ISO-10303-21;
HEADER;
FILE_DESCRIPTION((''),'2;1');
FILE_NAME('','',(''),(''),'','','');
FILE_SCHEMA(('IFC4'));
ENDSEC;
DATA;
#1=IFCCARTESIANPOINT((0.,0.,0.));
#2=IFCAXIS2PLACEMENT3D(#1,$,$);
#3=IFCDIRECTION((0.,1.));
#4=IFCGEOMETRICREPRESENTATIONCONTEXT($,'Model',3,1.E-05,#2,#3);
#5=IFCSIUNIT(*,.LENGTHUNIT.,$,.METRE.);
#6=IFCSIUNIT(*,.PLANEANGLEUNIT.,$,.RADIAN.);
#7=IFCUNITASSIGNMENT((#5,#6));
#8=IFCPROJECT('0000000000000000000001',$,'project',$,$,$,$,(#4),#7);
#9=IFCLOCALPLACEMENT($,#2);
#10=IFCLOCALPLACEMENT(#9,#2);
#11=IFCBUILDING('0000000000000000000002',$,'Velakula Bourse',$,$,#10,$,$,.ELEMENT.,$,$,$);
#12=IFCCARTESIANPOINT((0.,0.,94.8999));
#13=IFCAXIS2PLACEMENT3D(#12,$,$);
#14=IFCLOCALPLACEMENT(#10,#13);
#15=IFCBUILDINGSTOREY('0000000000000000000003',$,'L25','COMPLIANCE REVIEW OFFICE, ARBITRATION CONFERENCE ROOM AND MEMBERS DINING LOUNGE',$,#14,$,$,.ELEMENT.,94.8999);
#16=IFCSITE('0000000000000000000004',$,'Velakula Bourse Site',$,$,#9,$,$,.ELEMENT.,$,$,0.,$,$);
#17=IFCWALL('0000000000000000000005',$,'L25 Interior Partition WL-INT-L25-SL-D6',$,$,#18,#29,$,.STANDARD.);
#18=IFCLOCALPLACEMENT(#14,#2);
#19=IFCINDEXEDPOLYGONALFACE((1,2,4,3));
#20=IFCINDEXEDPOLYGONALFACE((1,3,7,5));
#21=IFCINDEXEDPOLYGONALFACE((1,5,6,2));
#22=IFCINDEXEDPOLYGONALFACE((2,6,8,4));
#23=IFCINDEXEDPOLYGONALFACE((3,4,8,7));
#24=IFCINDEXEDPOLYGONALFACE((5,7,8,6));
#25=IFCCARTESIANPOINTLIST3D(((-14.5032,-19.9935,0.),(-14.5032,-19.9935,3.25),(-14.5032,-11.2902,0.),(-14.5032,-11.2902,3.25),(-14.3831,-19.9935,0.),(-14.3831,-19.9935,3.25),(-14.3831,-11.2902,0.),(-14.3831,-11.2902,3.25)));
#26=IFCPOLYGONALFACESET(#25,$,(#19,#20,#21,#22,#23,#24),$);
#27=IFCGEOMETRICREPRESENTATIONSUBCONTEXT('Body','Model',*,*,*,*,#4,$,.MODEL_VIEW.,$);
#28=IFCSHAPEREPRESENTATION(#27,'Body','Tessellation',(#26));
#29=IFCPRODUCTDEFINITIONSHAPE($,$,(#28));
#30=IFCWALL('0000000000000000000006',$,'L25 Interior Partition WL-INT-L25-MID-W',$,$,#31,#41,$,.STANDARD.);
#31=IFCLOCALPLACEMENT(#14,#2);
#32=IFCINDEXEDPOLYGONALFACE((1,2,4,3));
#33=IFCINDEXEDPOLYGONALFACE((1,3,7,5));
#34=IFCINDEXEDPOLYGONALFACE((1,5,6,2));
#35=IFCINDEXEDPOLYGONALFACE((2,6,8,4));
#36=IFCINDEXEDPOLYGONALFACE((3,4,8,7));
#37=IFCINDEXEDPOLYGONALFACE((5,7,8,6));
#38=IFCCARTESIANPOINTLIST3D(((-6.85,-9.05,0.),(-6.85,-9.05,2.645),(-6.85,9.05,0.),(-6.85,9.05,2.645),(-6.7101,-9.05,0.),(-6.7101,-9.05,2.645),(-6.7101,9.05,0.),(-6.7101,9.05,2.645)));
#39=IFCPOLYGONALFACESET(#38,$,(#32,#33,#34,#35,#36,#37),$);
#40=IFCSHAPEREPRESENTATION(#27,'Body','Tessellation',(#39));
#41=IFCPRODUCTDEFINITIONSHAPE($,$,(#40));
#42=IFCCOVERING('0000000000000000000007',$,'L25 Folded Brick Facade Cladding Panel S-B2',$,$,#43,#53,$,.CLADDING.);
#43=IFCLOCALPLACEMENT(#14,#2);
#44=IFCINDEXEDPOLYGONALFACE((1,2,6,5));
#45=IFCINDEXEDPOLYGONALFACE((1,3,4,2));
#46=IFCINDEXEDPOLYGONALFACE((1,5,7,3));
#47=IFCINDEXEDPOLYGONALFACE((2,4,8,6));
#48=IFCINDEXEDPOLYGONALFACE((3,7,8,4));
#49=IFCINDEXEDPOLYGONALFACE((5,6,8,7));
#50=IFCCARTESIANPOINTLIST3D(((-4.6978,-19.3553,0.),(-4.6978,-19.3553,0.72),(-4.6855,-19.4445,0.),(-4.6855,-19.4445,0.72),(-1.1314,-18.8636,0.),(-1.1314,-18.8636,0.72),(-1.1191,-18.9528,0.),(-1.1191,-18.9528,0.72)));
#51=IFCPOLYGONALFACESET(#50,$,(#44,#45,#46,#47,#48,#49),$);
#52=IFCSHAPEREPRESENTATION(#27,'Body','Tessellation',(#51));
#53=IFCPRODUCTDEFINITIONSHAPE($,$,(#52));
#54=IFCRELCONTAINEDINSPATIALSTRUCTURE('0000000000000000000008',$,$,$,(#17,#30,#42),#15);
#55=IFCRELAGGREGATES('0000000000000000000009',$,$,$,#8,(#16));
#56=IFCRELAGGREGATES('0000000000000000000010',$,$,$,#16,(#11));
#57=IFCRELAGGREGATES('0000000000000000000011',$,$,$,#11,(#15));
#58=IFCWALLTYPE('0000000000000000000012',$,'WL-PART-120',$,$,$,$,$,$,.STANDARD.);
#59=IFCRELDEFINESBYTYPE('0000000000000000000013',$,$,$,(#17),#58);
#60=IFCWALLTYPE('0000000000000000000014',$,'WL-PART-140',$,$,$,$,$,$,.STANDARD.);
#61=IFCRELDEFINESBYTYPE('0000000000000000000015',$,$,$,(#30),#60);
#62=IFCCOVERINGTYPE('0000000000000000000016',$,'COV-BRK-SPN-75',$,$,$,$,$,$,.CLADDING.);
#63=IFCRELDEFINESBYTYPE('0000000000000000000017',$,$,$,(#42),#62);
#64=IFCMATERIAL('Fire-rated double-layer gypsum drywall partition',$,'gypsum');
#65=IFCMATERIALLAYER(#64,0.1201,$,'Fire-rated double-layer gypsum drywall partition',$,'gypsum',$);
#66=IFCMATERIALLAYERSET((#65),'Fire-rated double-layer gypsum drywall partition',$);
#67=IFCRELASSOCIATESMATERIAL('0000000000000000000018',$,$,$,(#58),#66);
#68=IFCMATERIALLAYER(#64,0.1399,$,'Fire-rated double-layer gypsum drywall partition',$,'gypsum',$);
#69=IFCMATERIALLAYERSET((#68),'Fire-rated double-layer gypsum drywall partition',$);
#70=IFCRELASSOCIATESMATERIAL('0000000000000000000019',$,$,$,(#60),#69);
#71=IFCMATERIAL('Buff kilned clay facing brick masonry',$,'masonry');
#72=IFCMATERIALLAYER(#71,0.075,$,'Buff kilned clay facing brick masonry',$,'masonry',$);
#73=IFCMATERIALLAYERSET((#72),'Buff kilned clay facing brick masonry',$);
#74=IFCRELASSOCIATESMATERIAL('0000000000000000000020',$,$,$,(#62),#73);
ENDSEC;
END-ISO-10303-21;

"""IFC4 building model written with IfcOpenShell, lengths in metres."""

from ifc_helpers import new_model, si_unit, direction, frame, frame_2d, origin, origin_2d, place, context, subcontext, project, spatial, rectangle, extrude, material, layer, layer_set, type_object, element, save


model = new_model("IFC4")

# Units and contexts
model_context = context("Model", 3, precision=1e-05, world=origin(), true_north=direction((0.0, 1.0)))
body_context = subcontext(model_context, "Body", "Model", "MODEL_VIEW")
ifc_project = project(units=[si_unit("LENGTHUNIT", "METRE"), si_unit("PLANEANGLEUNIT", "RADIAN")], contexts=[model_context])

# Site, building, storey
site_placement = place(None, origin())
site = spatial("IfcSite", under=ifc_project, at=site_placement, Name="Velakula Bourse Site", CompositionType="ELEMENT", RefElevation=0.0)
building_placement = place(site_placement, origin())
building = spatial("IfcBuilding", under=site, at=building_placement, Name="Velakula Bourse", CompositionType="ELEMENT")
storey_placement = place(building_placement, frame((0.0, 0.0, 94.8999)))
storey = spatial("IfcBuildingStorey", under=building, at=storey_placement, Name="L25", Description="COMPLIANCE REVIEW OFFICE, ARBITRATION CONFERENCE ROOM AND MEMBERS DINING LOUNGE", CompositionType="ELEMENT", Elevation=94.8999)

# Walls
ifc_material_1 = material(Name="Fire-rated double-layer gypsum drywall partition", Category="gypsum")
ifc_layer_1 = layer(ifc_material_1, 0.1201, Name="Fire-rated double-layer gypsum drywall partition", Category="gypsum")
ifc_layer_set_1 = layer_set([ifc_layer_1], Name="Fire-rated double-layer gypsum drywall partition")
wall_type_1 = type_object("IfcWallType", Name="WL-PART-120", PredefinedType="STANDARD", material=ifc_layer_set_1)
wall_1_placement = place(storey_placement, frame((-14.4431, -19.9934, 0.0), z_axis=(0.0, 0.0, 1.0), x_axis=(0.0, 1.0, 0.0)))
element("IfcWall", 1, at=wall_1_placement, inside=storey, type_object=wall_type_1, Name="L25 Interior Partition WL-INT-L25-SL-D6", PredefinedType="STANDARD", context=body_context, shape_type="SweptSolid", body=[
    extrude(rectangle(XDim=8.7034, YDim=0.1201, at=frame_2d((4.3516, 0.0))), origin(), (0.0, 0.0, 1.0), 3.25),
])
ifc_layer_2 = layer(ifc_material_1, 0.1399, Name="Fire-rated double-layer gypsum drywall partition", Category="gypsum")
ifc_layer_set_2 = layer_set([ifc_layer_2], Name="Fire-rated double-layer gypsum drywall partition")
wall_type_2 = type_object("IfcWallType", Name="WL-PART-140", PredefinedType="STANDARD", material=ifc_layer_set_2)
wall_2_placement = place(storey_placement, frame((-6.78, -9.05, 0.0), z_axis=(0.0, 0.0, 1.0), x_axis=(0.0, 1.0, 0.0)))
element("IfcWall", 2, at=wall_2_placement, inside=storey, type_object=wall_type_2, Name="L25 Interior Partition WL-INT-L25-MID-W", PredefinedType="STANDARD", context=body_context, shape_type="SweptSolid", body=[
    extrude(rectangle(XDim=18.1001, YDim=0.1399, at=frame_2d((9.05, 0.0))), origin(), (0.0, 0.0, 1.0), 2.645),
])

# Covering
ifc_material_2 = material(Name="Buff kilned clay facing brick masonry", Category="masonry")
ifc_layer_3 = layer(ifc_material_2, 0.075, Name="Buff kilned clay facing brick masonry", Category="masonry")
ifc_layer_set_3 = layer_set([ifc_layer_3], Name="Buff kilned clay facing brick masonry")
covering_type = type_object("IfcCoveringType", Name="COV-BRK-SPN-75", PredefinedType="CLADDING", material=ifc_layer_set_3)
covering_placement = place(storey_placement, frame((-2.9084, -19.1541, 0.0), z_axis=(0.0, 0.0, 1.0), x_axis=(0.990629, 0.13658, 0.0)))
element("IfcCovering", 3, at=covering_placement, inside=storey, type_object=covering_type, Name="L25 Folded Brick Facade Cladding Panel S-B2", PredefinedType="CLADDING", context=body_context, shape_type="SweptSolid", body=[
    extrude(rectangle(XDim=3.6001, YDim=0.0901, at=origin_2d()), origin(), (0.0, 0.0, 1.0), 0.72),
])

save(model, "model.ifc")
